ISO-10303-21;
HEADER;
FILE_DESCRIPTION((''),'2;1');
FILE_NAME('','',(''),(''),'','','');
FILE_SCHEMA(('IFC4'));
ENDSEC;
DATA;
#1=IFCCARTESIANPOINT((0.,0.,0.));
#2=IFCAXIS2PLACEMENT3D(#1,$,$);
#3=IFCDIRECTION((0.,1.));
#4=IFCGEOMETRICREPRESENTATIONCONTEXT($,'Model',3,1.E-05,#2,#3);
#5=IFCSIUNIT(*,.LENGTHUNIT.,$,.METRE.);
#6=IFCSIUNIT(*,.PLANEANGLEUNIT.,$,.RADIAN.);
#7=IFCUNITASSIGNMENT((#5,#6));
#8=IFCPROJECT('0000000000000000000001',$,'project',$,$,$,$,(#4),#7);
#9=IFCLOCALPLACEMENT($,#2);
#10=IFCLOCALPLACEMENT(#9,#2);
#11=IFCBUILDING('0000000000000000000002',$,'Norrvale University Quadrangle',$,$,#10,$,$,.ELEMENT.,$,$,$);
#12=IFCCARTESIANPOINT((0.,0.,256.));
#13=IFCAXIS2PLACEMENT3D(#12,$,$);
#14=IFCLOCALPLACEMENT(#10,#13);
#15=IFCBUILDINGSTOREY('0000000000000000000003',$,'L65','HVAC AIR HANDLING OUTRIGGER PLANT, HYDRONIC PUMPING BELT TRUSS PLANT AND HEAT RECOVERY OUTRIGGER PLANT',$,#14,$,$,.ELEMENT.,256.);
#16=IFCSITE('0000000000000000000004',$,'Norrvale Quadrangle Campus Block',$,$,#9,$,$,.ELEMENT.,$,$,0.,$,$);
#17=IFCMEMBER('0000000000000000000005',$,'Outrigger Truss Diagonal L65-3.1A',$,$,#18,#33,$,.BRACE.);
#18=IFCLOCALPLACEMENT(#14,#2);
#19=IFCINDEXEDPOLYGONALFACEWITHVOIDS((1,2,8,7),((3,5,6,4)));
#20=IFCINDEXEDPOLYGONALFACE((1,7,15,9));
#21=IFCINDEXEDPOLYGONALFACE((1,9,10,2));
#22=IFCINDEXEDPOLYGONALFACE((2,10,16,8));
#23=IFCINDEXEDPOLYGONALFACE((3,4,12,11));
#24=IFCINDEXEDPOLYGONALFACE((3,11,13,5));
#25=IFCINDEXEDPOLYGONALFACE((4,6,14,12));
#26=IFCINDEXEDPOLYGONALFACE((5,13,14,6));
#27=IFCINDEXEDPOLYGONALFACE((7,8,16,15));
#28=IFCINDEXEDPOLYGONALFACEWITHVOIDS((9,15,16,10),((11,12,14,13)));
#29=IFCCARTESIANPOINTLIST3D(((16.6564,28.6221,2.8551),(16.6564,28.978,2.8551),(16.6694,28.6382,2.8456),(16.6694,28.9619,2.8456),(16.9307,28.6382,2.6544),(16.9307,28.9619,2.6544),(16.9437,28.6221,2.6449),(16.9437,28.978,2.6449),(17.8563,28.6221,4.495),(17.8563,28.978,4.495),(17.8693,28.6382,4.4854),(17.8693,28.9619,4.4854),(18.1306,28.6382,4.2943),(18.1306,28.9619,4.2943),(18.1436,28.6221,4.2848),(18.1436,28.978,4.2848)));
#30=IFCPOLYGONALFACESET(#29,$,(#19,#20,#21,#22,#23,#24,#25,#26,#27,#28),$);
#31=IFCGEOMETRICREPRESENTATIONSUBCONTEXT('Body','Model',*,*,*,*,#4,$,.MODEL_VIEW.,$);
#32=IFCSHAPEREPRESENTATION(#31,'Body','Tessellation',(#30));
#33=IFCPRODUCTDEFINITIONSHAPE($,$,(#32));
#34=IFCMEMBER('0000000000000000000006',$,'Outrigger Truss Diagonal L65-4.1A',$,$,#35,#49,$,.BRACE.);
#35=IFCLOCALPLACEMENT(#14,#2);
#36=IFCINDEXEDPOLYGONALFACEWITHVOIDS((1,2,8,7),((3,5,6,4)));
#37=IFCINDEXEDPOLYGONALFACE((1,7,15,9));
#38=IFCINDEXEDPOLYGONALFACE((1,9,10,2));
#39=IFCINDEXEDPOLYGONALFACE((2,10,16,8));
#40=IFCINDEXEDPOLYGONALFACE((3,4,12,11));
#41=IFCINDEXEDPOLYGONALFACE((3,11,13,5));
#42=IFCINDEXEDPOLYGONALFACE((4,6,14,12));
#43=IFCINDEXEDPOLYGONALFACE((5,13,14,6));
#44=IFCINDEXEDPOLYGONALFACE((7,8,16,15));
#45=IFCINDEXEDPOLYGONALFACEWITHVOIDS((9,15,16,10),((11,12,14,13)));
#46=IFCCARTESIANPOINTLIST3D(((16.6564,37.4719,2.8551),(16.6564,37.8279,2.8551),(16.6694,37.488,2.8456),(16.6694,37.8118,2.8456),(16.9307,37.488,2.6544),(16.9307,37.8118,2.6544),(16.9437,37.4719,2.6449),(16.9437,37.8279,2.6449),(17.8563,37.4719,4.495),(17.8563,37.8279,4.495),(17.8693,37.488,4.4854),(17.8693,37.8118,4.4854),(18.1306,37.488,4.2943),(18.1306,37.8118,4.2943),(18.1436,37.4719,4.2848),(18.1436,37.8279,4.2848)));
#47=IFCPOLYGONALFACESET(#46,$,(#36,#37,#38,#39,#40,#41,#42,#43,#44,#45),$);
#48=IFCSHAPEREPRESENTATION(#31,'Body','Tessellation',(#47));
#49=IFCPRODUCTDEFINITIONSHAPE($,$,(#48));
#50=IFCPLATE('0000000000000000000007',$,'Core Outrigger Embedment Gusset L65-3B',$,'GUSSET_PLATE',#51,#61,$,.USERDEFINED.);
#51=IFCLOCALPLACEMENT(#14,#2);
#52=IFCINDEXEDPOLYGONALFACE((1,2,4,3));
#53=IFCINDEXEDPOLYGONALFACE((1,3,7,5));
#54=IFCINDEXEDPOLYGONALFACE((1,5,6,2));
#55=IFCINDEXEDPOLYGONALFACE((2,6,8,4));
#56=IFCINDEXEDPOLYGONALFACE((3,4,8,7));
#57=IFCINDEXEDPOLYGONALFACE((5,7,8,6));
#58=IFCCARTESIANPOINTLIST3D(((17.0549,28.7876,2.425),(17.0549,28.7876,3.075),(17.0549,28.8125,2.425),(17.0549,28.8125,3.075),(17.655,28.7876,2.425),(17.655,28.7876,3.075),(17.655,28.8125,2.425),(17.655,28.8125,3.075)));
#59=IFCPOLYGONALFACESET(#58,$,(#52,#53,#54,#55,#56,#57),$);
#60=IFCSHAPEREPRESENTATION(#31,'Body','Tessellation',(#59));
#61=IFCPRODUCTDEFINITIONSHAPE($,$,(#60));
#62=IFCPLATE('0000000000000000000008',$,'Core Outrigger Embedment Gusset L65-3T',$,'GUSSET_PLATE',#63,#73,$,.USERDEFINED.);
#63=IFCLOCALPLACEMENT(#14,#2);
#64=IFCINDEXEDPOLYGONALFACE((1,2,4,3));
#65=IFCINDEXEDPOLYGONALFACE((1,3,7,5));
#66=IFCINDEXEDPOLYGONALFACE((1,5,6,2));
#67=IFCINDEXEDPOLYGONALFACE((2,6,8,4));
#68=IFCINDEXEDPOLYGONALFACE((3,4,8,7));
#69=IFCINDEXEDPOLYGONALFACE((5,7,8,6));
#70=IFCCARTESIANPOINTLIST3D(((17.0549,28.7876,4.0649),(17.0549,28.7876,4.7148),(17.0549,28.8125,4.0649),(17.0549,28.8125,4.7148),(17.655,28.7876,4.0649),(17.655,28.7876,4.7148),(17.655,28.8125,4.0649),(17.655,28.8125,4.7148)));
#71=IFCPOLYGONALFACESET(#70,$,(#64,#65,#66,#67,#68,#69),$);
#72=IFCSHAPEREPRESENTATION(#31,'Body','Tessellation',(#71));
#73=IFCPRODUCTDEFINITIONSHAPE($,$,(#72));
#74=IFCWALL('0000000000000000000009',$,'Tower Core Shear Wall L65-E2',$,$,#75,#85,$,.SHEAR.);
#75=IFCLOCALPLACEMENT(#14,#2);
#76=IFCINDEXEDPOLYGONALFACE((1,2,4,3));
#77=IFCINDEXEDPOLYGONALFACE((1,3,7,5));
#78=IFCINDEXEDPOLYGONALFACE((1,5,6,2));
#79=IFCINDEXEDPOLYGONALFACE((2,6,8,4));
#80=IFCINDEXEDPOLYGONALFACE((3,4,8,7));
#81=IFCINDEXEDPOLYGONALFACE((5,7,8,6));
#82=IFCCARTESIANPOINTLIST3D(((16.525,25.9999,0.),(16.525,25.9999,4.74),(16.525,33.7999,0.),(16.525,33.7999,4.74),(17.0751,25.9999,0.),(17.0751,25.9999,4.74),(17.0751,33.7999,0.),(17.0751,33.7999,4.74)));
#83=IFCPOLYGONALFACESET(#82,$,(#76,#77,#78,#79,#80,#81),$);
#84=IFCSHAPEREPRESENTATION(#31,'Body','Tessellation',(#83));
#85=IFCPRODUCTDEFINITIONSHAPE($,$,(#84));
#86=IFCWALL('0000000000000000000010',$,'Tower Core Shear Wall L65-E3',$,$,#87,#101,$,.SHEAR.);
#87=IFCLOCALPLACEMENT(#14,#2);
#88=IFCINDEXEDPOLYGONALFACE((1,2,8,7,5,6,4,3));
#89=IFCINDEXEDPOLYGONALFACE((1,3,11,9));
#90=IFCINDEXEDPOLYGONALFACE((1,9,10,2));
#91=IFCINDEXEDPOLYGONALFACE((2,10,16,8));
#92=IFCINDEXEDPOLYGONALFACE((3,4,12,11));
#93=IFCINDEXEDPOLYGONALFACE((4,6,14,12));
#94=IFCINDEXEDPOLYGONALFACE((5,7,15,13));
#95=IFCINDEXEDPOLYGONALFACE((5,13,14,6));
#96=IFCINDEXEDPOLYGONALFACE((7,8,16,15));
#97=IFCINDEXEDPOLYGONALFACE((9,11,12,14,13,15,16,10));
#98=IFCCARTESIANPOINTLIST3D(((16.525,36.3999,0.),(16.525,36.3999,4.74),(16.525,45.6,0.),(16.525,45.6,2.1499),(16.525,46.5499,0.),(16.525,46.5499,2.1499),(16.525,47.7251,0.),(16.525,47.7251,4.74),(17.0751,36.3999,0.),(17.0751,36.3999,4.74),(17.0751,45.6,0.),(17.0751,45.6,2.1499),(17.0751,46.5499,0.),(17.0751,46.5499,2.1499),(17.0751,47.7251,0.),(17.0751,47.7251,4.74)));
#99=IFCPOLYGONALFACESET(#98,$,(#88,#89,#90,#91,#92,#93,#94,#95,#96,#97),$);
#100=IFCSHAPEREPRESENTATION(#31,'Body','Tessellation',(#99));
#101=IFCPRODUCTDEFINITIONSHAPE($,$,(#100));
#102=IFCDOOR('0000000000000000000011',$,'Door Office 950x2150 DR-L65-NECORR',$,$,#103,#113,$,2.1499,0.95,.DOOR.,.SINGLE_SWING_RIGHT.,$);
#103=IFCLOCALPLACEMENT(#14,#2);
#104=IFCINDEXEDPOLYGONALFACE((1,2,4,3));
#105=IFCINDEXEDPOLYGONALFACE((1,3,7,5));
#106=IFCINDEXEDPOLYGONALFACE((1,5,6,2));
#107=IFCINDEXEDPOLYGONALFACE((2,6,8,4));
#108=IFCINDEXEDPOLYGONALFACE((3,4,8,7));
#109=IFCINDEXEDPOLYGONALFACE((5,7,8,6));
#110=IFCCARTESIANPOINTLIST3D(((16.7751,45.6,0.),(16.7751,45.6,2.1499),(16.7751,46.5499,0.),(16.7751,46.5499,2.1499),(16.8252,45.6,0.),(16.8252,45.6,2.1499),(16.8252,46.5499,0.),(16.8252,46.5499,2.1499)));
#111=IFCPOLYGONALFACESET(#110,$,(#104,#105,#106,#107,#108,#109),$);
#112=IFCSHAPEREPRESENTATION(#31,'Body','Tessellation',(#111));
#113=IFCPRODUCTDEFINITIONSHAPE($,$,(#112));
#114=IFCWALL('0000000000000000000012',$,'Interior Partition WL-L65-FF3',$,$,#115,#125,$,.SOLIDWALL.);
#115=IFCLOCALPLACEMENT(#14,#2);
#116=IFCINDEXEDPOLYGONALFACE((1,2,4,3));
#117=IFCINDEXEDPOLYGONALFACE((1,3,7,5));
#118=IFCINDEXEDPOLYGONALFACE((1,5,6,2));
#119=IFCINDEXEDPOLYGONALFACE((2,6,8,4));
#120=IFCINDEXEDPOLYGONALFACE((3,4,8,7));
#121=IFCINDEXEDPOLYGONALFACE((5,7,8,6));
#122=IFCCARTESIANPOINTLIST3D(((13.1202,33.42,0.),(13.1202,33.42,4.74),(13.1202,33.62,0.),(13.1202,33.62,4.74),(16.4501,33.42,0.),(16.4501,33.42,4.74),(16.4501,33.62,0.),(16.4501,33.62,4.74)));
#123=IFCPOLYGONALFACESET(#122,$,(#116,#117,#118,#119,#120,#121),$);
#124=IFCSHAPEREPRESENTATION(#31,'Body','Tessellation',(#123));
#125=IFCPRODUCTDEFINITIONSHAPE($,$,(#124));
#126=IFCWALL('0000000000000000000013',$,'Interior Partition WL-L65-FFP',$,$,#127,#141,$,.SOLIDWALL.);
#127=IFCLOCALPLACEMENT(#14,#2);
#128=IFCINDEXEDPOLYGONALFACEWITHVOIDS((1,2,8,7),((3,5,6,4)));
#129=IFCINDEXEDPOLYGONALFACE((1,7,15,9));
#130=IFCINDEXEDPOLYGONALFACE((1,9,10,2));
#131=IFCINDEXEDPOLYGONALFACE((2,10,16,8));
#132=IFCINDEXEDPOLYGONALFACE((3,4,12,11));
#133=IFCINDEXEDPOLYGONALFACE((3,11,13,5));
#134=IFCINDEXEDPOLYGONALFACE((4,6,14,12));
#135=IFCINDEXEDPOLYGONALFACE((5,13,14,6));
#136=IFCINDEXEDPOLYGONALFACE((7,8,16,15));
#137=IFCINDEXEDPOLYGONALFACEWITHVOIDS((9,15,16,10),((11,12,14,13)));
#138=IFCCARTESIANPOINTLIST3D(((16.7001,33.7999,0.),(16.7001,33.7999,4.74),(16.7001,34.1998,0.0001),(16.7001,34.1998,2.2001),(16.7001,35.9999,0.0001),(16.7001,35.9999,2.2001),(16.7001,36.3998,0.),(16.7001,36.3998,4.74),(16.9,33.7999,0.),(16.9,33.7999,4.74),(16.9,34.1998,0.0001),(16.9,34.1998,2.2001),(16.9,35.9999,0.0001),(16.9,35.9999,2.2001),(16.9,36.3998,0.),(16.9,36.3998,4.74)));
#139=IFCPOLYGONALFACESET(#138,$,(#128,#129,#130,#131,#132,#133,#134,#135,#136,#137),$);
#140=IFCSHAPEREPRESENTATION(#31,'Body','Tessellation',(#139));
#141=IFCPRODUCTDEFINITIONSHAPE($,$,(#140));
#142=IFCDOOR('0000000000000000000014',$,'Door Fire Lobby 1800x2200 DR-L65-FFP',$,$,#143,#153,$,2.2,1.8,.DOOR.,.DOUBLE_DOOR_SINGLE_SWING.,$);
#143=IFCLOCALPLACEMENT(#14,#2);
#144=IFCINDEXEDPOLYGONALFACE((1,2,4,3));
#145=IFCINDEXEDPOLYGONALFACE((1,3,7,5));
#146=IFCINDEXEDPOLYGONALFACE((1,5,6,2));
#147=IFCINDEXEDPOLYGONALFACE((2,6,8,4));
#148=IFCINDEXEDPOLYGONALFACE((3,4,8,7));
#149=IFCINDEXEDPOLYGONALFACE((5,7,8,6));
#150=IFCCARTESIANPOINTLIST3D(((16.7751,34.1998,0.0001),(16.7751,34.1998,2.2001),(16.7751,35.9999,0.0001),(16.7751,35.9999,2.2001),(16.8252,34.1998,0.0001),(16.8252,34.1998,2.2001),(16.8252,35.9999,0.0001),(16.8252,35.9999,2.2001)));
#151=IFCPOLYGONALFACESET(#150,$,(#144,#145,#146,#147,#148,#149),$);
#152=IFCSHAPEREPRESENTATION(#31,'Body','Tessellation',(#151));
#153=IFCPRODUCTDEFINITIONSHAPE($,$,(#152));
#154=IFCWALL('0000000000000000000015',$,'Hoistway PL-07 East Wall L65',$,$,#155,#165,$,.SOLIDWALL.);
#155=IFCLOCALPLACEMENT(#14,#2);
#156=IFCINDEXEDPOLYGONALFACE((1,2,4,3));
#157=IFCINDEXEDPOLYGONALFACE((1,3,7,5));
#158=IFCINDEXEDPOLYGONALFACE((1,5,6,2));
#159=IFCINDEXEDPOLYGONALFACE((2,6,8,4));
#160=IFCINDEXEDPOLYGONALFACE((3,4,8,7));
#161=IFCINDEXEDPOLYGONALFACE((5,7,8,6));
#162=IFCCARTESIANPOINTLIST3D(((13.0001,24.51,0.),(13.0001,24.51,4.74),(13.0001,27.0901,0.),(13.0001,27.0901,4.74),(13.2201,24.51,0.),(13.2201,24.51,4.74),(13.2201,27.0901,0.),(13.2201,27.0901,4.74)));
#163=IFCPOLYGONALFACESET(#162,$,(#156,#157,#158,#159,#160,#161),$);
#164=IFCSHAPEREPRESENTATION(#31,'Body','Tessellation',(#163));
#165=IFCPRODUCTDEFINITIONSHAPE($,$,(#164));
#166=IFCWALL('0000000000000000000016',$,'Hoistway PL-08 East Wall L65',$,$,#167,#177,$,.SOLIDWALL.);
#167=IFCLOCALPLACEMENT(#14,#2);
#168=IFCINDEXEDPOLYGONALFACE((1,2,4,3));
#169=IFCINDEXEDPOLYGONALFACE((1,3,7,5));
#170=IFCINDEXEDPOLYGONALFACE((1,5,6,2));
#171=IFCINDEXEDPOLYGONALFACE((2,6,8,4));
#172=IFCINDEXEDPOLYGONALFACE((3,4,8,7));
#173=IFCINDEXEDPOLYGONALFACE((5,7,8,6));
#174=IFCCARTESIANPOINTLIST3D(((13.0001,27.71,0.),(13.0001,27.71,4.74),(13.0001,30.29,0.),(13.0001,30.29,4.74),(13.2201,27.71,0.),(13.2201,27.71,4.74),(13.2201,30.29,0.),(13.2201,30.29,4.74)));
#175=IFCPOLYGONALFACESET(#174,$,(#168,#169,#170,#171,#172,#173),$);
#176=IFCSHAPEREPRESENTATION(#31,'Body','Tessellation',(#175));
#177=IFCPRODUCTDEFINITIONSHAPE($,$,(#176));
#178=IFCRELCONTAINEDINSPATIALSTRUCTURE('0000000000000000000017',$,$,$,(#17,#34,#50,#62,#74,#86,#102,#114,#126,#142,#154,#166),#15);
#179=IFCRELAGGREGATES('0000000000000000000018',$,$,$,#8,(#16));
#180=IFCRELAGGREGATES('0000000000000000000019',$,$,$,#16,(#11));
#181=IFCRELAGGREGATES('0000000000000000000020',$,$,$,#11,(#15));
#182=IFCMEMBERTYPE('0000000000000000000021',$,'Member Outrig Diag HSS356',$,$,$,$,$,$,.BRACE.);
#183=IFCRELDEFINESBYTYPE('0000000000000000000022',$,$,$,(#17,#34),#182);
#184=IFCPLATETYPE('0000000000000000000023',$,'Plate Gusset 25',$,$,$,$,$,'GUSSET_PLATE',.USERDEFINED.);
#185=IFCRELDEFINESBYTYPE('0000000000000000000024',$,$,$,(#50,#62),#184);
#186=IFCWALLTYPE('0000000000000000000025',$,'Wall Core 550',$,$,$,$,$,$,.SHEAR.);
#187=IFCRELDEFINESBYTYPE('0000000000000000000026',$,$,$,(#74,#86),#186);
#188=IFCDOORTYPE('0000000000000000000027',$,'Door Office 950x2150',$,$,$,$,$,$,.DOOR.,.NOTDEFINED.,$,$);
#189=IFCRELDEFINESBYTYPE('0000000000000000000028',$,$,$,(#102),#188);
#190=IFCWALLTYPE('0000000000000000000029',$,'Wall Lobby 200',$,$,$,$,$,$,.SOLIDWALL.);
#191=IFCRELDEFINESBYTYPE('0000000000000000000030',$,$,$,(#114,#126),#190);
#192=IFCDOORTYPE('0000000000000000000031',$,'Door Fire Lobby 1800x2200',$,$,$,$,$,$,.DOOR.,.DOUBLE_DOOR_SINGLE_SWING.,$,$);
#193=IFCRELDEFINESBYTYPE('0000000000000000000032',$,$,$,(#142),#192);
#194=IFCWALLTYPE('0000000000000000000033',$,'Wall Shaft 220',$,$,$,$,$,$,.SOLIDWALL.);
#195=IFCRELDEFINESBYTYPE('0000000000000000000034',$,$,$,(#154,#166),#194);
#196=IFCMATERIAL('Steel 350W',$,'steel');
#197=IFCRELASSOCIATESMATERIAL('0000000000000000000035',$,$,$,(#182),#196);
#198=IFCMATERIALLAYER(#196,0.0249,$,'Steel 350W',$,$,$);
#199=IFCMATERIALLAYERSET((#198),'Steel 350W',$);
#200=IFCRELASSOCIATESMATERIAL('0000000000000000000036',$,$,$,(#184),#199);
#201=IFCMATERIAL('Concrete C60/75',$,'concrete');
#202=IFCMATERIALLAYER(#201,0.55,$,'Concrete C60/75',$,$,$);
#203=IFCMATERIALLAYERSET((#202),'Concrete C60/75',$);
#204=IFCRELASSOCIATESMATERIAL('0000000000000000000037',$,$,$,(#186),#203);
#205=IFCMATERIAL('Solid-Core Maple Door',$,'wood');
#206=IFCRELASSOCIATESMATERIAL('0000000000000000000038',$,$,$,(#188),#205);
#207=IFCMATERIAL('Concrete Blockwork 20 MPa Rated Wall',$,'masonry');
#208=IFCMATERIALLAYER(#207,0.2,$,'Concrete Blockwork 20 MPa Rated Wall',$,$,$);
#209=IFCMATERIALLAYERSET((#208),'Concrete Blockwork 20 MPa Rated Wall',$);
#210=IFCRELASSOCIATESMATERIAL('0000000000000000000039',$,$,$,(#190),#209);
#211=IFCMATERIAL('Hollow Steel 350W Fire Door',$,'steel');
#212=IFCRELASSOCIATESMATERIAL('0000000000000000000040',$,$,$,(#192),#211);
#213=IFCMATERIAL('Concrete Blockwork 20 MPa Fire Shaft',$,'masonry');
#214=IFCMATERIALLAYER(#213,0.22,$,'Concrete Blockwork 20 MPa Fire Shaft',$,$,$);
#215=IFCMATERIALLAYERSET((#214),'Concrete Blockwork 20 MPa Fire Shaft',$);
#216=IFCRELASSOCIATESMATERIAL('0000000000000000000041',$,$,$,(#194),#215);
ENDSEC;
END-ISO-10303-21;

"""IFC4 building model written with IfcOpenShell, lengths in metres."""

from ifc_helpers import new_model, si_unit, direction, frame, frame_2d, origin, origin_2d, place, context, subcontext, project, spatial, rectangle, hollow_rectangle, extrude, material, layer, layer_set, material_profile, profile_set, type_object, element, fill, save


model = new_model("IFC4")

# Units and contexts
model_context = context("Model", 3, precision=1e-05, world=origin(), true_north=direction((0.0, 1.0)))
body_context = subcontext(model_context, "Body", "Model", "MODEL_VIEW")
ifc_project = project(units=[si_unit("LENGTHUNIT", "METRE"), si_unit("PLANEANGLEUNIT", "RADIAN")], contexts=[model_context])

# Site, building, storey
site_placement = place(None, origin())
site = spatial("IfcSite", under=ifc_project, at=site_placement, Name="Norrvale Quadrangle Campus Block", CompositionType="ELEMENT", RefElevation=0.0)
building_placement = place(site_placement, origin())
building = spatial("IfcBuilding", under=site, at=building_placement, Name="Norrvale University Quadrangle", CompositionType="ELEMENT")
storey_placement = place(building_placement, frame((0.0, 0.0, 256.0)))
storey = spatial("IfcBuildingStorey", under=building, at=storey_placement, Name="L65", Description="HVAC AIR HANDLING OUTRIGGER PLANT, HYDRONIC PUMPING BELT TRUSS PLANT AND HEAT RECOVERY OUTRIGGER PLANT", CompositionType="ELEMENT", Elevation=256.0)

# Shared definitions
ifc_material_1 = material(Name="Concrete C60/75", Category="concrete")

# Shared definitions
ifc_material_2 = material(Name="Steel 350W", Category="steel")

# Members
ifc_material_profile_1 = material_profile(ifc_material_2, hollow_rectangle(XDim=0.356, YDim=0.356, WallThickness=0.0161, at=origin_2d()), Name="Steel 350W")
ifc_profile_set_1 = profile_set([ifc_material_profile_1], Name="Steel 350W")
member_type_1 = type_object("IfcMemberType", Name="Member Outrig Diag HSS356", PredefinedType="BRACE", material=ifc_profile_set_1)
for number, where, z_axis, x_axis, name in (
    (1, (16.8, 28.8, 2.75), (0.59052, 0.0, 0.807023), (0.0, 1.0, 0.0), "Outrigger Truss Diagonal L65-3.1A"),
    (2, (16.8, 37.6499, 2.75), (0.59052, 0.0, 0.807023), (0.0, 1.0, 0.0), "Outrigger Truss Diagonal L65-4.1A"),
):
    element("IfcMember", number, at=place(storey_placement, frame(where, z_axis=z_axis, x_axis=x_axis)), inside=storey, type_object=member_type_1, Name=name, PredefinedType="BRACE", context=body_context, shape_type="SweptSolid", body=[
        extrude(hollow_rectangle(XDim=0.356, YDim=0.356, WallThickness=0.0161, at=origin_2d()), origin(), (0.0, 0.0, 1.0), 2.032),
    ])

# Plates
ifc_layer_1 = layer(ifc_material_2, 0.0249, Name="Steel 350W")
ifc_layer_set_1 = layer_set([ifc_layer_1], Name="Steel 350W")
plate_type = type_object("IfcPlateType", Name="Plate Gusset 25", ElementType="GUSSET_PLATE", PredefinedType="USERDEFINED", material=ifc_layer_set_1)
for number, where, z_axis, x_axis, name in (
    (3, (17.355, 28.8, 2.425), (0.0, 0.0, 1.0), (1.0, 0.0, 0.0), "Core Outrigger Embedment Gusset L65-3B"),
    (4, (17.355, 28.8, 4.0649), (0.0, 0.0, 1.0), (1.0, 0.0, 0.0), "Core Outrigger Embedment Gusset L65-3T"),
):
    element("IfcPlate", number, at=place(storey_placement, frame(where, z_axis=z_axis, x_axis=x_axis)), inside=storey, type_object=plate_type, Name=name, ObjectType="GUSSET_PLATE", PredefinedType="USERDEFINED", context=body_context, shape_type="SweptSolid", body=[
        extrude(rectangle(XDim=0.6001, YDim=0.0249, at=origin_2d()), origin(), (0.0, 0.0, 1.0), 0.6499),
    ])

# Wall
ifc_layer_2 = layer(ifc_material_1, 0.55, Name="Concrete C60/75")
ifc_layer_set_2 = layer_set([ifc_layer_2], Name="Concrete C60/75")
wall_type_1 = type_object("IfcWallType", Name="Wall Core 550", PredefinedType="SHEAR", material=ifc_layer_set_2)
wall_1_placement = place(storey_placement, frame((16.8, 26.0, 0.0), z_axis=(0.0, 0.0, 1.0), x_axis=(0.0, 1.0, 0.0)))
element("IfcWall", 5, at=wall_1_placement, inside=storey, type_object=wall_type_1, Name="Tower Core Shear Wall L65-E2", PredefinedType="SHEAR", context=body_context, shape_type="SweptSolid", body=[
    extrude(rectangle(XDim=7.8, YDim=0.55, at=frame_2d((3.8999, 0.0))), origin(), (0.0, 0.0, 1.0), 4.74),
])

# Wall, opening, door
wall_2_placement = place(storey_placement, frame((16.8, 36.3999, 0.0), z_axis=(0.0, 0.0, 1.0), x_axis=(0.0, 1.0, 0.0)))
wall_2 = element("IfcWall", 6, at=wall_2_placement, inside=storey, type_object=wall_type_1, Name="Tower Core Shear Wall L65-E3", PredefinedType="SHEAR", context=body_context, shape_type="SweptSolid", body=[
    extrude(rectangle(XDim=11.3252, YDim=0.55, at=frame_2d((5.6626, 0.0))), origin(), (0.0, 0.0, 1.0), 4.74),
])
opening_1_placement = place(wall_2_placement, frame((9.2, 0.0, 0.0)))
opening_1 = element("IfcOpeningElement", 7, at=opening_1_placement, cuts=wall_2, PredefinedType="OPENING", context=body_context, shape_type="SweptSolid", body=[
    extrude(rectangle(XDim=0.95, YDim=2.1499, at=frame_2d((0.4751, 1.075))), frame((0.0, 0.2871, 0.0), z_axis=(0.0, -1.0, 0.0), x_axis=(1.0, 0.0, 0.0)), (0.0, 0.0, 1.0), 0.574),
])
ifc_material_3 = material(Name="Solid-Core Maple Door", Category="wood")
door_type_1 = type_object("IfcDoorType", Name="Door Office 950x2150", OperationType="NOTDEFINED", PredefinedType="DOOR", material=ifc_material_3)
door_1_placement = place(opening_1_placement, origin())
door_1 = element("IfcDoor", 8, at=door_1_placement, inside=storey, type_object=door_type_1, Name="Door Office 950x2150 DR-L65-NECORR", OperationType="SINGLE_SWING_RIGHT", OverallHeight=2.1499, OverallWidth=0.95, PredefinedType="DOOR", context=body_context, shape_type="SweptSolid", body=[
    extrude(rectangle(XDim=0.95, YDim=2.1499, at=frame_2d((0.4751, 1.075))), frame((0.0, 0.0249, 0.0), z_axis=(0.0, -1.0, 0.0), x_axis=(1.0, 0.0, 0.0)), (0.0, 0.0, 1.0), 0.05),
])
fill(opening_1, door_1)

# Wall
ifc_material_4 = material(Name="Concrete Blockwork 20 MPa Rated Wall", Category="masonry")
ifc_layer_3 = layer(ifc_material_4, 0.2, Name="Concrete Blockwork 20 MPa Rated Wall")
ifc_layer_set_3 = layer_set([ifc_layer_3], Name="Concrete Blockwork 20 MPa Rated Wall")
wall_type_2 = type_object("IfcWallType", Name="Wall Lobby 200", PredefinedType="SOLIDWALL", material=ifc_layer_set_3)
wall_3_placement = place(storey_placement, frame((13.1201, 33.52, 0.0), z_axis=(0.0, 0.0, 1.0), x_axis=(1.0, 0.0, 0.0)))
element("IfcWall", 9, at=wall_3_placement, inside=storey, type_object=wall_type_2, Name="Interior Partition WL-L65-FF3", PredefinedType="SOLIDWALL", context=body_context, shape_type="SweptSolid", body=[
    extrude(rectangle(XDim=3.3298, YDim=0.2, at=frame_2d((1.665, 0.0))), origin(), (0.0, 0.0, 1.0), 4.74),
])

# Wall, opening, door
wall_4_placement = place(storey_placement, frame((16.8, 33.8, 0.0), z_axis=(0.0, 0.0, 1.0), x_axis=(0.0, 1.0, 0.0)))
wall_4 = element("IfcWall", 10, at=wall_4_placement, inside=storey, type_object=wall_type_2, Name="Interior Partition WL-L65-FFP", PredefinedType="SOLIDWALL", context=body_context, shape_type="SweptSolid", body=[
    extrude(rectangle(XDim=2.5999, YDim=0.2, at=frame_2d((1.2998, 0.0))), origin(), (0.0, 0.0, 1.0), 4.74),
])
opening_2_placement = place(wall_4_placement, frame((0.3999, 0.0, 0.0)))
opening_2 = element("IfcOpeningElement", 11, at=opening_2_placement, cuts=wall_4, PredefinedType="OPENING", context=body_context, shape_type="SweptSolid", body=[
    extrude(rectangle(XDim=1.8, YDim=2.2, at=frame_2d((0.8999, 1.1001))), frame((0.0, 0.1121, 0.0), z_axis=(0.0, -1.0, 0.0), x_axis=(1.0, 0.0, 0.0)), (0.0, 0.0, 1.0), 0.2239),
])
ifc_material_5 = material(Name="Hollow Steel 350W Fire Door", Category="steel")
door_type_2 = type_object("IfcDoorType", Name="Door Fire Lobby 1800x2200", OperationType="DOUBLE_DOOR_SINGLE_SWING", PredefinedType="DOOR", material=ifc_material_5)
door_2_placement = place(opening_2_placement, origin())
door_2 = element("IfcDoor", 12, at=door_2_placement, inside=storey, type_object=door_type_2, Name="Door Fire Lobby 1800x2200 DR-L65-FFP", OperationType="DOUBLE_DOOR_SINGLE_SWING", OverallHeight=2.2, OverallWidth=1.8, PredefinedType="DOOR", context=body_context, shape_type="SweptSolid", body=[
    extrude(rectangle(XDim=1.8, YDim=2.2, at=frame_2d((0.8999, 1.1001))), frame((0.0, 0.0249, 0.0), z_axis=(0.0, -1.0, 0.0), x_axis=(1.0, 0.0, 0.0)), (0.0, 0.0, 1.0), 0.05),
])
fill(opening_2, door_2)

# Walls
ifc_material_6 = material(Name="Concrete Blockwork 20 MPa Fire Shaft", Category="masonry")
ifc_layer_4 = layer(ifc_material_6, 0.22, Name="Concrete Blockwork 20 MPa Fire Shaft")
ifc_layer_set_4 = layer_set([ifc_layer_4], Name="Concrete Blockwork 20 MPa Fire Shaft")
wall_type_3 = type_object("IfcWallType", Name="Wall Shaft 220", PredefinedType="SOLIDWALL", material=ifc_layer_set_4)
for number, where, z_axis, x_axis, name in (
    (13, (13.1101, 24.51, 0.0), (0.0, 0.0, 1.0), (0.0, 1.0, 0.0), "Hoistway PL-07 East Wall L65"),
    (14, (13.1101, 27.71, 0.0), (0.0, 0.0, 1.0), (0.0, 1.0, 0.0), "Hoistway PL-08 East Wall L65"),
):
    element("IfcWall", number, at=place(storey_placement, frame(where, z_axis=z_axis, x_axis=x_axis)), inside=storey, type_object=wall_type_3, Name=name, PredefinedType="SOLIDWALL", context=body_context, shape_type="SweptSolid", body=[
        extrude(rectangle(XDim=2.5801, YDim=0.22, at=frame_2d((1.29, 0.0))), origin(), (0.0, 0.0, 1.0), 4.74),
    ])

save(model, "model.ifc")
